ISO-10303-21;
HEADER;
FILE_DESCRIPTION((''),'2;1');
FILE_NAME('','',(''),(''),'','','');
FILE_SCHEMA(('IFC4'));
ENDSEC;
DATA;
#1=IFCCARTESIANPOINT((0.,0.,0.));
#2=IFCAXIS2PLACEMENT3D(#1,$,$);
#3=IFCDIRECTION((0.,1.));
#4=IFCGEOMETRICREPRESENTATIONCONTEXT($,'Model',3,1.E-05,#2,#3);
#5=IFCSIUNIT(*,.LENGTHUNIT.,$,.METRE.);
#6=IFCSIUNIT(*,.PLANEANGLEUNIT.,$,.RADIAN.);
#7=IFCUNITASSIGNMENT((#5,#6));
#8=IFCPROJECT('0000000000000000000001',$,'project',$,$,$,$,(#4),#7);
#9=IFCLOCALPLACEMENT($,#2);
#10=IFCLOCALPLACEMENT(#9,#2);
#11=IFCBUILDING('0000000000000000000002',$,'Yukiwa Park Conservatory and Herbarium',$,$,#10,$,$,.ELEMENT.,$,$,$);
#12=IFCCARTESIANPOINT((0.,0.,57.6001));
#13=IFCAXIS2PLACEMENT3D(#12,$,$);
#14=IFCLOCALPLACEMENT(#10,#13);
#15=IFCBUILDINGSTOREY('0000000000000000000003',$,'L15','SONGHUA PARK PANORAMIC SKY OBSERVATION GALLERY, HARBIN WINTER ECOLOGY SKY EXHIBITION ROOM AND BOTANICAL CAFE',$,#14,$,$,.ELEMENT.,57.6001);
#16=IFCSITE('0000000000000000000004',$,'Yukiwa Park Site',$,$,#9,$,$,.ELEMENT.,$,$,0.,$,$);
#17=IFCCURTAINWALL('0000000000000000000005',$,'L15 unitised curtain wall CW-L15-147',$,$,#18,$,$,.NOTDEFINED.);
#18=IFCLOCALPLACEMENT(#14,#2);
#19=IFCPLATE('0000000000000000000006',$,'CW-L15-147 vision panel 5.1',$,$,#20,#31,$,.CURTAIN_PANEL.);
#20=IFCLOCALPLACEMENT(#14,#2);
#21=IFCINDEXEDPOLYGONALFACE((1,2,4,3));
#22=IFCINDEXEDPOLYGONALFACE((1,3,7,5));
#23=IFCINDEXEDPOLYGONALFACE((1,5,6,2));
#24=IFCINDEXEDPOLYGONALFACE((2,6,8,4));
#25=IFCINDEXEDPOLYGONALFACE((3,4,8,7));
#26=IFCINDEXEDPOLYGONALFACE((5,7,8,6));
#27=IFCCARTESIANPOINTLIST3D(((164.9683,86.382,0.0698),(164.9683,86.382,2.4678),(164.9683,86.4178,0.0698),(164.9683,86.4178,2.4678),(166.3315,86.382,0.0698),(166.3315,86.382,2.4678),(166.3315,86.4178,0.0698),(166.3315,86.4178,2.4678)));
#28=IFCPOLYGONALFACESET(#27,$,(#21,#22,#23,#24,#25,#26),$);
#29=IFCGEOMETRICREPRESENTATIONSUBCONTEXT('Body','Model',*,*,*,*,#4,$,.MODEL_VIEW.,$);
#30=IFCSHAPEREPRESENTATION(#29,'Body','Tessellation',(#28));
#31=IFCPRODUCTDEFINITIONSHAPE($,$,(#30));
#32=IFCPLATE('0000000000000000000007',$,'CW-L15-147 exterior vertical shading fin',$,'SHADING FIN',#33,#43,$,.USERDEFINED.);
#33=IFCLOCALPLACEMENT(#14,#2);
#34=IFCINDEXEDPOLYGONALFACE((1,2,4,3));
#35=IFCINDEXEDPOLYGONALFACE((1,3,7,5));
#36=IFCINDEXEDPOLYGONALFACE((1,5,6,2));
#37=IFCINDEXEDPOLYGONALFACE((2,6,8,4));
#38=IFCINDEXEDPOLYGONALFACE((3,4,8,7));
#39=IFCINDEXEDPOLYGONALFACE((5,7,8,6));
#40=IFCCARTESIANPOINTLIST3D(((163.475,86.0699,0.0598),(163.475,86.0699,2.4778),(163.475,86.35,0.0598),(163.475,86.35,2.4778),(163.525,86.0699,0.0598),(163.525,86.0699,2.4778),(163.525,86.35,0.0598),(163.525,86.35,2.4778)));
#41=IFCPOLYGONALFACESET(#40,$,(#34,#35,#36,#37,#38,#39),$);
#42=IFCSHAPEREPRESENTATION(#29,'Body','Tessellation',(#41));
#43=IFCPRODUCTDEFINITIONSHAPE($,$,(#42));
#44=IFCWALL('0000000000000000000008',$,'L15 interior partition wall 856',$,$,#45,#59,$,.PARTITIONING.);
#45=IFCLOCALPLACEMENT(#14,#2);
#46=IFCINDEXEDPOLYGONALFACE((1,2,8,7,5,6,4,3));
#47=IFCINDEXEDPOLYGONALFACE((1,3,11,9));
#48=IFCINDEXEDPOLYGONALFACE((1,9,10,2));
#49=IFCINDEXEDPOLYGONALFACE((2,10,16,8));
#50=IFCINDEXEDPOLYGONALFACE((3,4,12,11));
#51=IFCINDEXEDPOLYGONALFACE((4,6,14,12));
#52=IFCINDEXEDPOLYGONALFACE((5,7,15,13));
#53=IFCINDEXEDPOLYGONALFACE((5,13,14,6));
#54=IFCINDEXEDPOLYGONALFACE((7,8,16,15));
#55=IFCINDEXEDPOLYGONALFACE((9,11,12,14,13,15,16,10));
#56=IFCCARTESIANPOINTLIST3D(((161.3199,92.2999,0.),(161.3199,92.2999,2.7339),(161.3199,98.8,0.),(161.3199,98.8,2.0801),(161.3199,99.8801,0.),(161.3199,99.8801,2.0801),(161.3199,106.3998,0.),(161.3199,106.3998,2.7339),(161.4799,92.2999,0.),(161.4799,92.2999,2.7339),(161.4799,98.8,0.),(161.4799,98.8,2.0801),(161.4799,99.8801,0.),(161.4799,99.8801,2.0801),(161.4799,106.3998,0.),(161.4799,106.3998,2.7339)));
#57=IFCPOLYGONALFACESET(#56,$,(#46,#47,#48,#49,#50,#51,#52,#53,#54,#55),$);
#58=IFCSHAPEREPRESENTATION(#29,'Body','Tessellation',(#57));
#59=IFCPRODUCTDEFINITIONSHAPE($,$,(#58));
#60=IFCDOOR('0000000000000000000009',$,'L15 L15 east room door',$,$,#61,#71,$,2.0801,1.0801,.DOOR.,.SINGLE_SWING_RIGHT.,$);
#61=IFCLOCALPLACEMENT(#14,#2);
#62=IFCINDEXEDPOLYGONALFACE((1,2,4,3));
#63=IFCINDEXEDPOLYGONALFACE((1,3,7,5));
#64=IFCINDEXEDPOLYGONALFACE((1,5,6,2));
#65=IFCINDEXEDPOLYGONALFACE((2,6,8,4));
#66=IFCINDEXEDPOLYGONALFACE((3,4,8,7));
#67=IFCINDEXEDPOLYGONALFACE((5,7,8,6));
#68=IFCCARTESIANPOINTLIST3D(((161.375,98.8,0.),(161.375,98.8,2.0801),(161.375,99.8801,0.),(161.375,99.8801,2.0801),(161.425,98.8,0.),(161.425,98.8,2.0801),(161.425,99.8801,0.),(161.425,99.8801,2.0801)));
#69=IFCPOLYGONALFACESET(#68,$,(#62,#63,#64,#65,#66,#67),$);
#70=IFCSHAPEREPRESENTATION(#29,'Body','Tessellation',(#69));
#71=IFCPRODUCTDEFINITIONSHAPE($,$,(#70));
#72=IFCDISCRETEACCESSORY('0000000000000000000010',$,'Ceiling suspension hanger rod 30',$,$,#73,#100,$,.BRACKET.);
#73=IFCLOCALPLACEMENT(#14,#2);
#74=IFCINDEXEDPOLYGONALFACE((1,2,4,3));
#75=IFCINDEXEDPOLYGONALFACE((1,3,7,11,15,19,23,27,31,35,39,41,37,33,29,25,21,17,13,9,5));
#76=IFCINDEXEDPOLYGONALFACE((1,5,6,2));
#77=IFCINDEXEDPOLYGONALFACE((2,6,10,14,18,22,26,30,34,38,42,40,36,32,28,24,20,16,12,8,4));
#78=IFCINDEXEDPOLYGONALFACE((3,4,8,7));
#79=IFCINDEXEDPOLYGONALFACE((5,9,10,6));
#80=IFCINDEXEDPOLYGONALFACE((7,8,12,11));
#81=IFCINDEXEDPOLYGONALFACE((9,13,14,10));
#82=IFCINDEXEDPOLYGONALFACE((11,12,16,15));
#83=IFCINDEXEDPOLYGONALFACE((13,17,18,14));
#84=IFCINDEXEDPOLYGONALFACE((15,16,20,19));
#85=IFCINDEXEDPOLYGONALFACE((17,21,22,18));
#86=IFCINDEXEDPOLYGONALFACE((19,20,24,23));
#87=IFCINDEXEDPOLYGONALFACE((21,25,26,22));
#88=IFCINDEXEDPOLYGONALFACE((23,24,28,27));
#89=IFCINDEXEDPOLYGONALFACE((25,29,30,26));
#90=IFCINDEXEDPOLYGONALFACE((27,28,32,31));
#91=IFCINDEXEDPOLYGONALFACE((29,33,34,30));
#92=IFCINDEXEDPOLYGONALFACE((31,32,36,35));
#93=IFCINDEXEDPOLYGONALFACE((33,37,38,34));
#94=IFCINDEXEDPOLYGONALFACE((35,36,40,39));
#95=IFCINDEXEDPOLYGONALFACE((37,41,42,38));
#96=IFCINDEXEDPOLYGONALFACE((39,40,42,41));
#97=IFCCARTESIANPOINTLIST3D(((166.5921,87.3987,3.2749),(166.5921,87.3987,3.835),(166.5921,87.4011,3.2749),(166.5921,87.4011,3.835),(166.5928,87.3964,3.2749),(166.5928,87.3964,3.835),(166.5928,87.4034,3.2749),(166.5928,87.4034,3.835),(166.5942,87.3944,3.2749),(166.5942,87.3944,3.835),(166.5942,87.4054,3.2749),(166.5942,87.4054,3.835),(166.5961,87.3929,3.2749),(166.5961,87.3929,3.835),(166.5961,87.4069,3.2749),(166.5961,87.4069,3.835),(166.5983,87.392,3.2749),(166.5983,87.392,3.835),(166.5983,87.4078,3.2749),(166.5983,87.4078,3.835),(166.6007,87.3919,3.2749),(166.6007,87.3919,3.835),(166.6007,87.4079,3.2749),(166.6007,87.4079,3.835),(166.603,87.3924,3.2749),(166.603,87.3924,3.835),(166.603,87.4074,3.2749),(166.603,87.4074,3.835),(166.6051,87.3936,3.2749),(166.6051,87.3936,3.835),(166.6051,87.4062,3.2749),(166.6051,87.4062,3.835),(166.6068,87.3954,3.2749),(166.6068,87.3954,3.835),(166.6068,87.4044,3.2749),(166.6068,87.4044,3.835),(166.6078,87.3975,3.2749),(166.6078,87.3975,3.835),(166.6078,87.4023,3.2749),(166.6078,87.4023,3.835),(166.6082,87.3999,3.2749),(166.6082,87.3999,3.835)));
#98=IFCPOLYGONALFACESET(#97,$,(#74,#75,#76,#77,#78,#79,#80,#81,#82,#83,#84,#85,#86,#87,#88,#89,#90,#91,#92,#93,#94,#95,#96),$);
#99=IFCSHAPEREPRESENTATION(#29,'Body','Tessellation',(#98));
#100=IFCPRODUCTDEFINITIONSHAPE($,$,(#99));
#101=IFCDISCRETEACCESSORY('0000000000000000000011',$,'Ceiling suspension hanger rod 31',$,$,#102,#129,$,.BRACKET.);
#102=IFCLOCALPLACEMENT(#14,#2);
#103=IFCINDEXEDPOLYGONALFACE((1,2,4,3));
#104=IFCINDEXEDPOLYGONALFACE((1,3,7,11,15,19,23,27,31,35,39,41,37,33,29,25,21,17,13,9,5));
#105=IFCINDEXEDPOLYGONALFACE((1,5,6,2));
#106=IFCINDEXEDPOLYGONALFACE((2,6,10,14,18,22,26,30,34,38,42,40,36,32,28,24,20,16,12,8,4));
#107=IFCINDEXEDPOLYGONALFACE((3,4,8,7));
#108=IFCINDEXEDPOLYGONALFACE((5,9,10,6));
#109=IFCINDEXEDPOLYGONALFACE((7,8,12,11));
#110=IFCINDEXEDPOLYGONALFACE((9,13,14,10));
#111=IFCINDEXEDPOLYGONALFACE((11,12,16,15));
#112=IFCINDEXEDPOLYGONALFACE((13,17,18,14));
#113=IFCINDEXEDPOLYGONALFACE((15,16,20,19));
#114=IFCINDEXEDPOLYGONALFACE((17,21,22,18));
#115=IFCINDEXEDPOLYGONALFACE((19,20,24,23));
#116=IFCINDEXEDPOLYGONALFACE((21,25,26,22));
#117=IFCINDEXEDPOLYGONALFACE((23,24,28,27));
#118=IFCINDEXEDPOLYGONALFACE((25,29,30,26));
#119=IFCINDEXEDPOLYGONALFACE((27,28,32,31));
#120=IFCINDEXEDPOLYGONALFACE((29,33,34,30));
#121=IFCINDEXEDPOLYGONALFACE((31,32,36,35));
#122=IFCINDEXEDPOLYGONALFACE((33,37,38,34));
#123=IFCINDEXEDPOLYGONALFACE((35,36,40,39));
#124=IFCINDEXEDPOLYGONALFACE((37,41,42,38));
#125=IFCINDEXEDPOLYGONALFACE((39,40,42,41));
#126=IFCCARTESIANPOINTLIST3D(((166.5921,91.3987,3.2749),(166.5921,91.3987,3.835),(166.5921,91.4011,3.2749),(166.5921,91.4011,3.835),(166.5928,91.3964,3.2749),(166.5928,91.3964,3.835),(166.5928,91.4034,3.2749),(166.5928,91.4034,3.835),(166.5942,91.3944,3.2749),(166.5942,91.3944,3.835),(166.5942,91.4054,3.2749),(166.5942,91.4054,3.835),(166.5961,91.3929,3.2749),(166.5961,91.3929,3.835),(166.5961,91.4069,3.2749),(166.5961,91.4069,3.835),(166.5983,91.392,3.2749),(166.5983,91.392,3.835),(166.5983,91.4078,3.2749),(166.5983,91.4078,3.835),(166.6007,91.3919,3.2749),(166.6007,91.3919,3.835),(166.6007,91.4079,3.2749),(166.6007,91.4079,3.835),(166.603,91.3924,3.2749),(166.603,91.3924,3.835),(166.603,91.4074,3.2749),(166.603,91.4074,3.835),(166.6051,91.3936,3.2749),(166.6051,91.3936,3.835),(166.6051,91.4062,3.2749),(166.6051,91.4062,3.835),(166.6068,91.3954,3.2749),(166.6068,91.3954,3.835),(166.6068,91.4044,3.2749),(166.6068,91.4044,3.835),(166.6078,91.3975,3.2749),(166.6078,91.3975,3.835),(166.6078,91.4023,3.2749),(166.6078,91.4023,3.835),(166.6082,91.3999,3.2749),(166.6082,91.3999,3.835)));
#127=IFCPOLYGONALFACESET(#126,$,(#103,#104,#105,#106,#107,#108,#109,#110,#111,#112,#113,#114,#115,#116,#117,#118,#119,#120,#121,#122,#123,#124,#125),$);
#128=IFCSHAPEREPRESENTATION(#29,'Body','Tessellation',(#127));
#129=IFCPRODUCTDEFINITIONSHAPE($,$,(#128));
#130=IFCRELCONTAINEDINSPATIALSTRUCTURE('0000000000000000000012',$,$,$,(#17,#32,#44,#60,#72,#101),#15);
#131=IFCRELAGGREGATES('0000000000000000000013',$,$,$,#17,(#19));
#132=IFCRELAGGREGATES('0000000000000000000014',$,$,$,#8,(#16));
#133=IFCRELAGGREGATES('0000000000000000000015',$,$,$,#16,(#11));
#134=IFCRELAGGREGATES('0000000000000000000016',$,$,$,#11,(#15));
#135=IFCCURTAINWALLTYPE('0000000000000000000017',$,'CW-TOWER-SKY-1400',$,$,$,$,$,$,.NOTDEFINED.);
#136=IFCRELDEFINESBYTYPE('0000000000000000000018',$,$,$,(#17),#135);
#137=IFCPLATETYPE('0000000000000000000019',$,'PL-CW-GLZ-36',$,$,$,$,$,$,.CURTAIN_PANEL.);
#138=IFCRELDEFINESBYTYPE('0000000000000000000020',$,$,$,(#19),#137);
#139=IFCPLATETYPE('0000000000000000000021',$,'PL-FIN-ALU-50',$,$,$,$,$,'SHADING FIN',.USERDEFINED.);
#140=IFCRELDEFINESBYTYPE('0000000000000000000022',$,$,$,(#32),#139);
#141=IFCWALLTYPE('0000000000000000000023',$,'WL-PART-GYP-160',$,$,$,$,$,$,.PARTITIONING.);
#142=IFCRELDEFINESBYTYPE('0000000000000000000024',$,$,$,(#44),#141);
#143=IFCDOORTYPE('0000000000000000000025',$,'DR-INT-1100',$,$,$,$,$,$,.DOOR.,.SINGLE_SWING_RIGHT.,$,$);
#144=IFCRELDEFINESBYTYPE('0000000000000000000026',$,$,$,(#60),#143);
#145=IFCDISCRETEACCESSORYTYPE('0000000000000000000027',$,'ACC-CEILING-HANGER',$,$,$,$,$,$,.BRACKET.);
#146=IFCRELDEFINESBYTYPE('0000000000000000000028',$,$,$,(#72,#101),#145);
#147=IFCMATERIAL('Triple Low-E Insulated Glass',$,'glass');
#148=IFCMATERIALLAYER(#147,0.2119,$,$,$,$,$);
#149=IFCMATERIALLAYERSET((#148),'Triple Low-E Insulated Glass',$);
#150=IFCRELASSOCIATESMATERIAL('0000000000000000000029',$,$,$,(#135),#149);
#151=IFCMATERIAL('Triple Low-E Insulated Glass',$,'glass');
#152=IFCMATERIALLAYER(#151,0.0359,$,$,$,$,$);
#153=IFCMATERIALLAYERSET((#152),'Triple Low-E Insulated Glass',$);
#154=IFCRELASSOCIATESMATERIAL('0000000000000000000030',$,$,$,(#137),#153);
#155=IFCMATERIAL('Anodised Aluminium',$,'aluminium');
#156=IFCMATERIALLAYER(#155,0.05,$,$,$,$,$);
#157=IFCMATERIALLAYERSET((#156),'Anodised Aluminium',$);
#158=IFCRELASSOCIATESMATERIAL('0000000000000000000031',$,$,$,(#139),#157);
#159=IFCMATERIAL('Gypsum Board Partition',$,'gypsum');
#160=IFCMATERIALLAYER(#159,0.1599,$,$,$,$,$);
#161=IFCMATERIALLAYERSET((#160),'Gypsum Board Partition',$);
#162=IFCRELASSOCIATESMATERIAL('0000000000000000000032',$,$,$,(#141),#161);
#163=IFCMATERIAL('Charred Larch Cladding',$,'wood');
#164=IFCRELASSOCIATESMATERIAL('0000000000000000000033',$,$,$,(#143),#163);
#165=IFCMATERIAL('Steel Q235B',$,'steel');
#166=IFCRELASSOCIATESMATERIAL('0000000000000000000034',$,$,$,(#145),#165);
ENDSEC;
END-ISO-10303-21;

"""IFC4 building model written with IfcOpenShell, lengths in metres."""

from ifc_helpers import new_model, si_unit, direction, frame, frame_2d, origin, origin_2d, place, context, subcontext, project, spatial, rectangle, circle, extrude, material, layer, layer_set, type_object, element, fill, aggregate, save


model = new_model("IFC4")

# Units and contexts
model_context = context("Model", 3, precision=1e-05, world=origin(), true_north=direction((0.0, 1.0)))
body_context = subcontext(model_context, "Body", "Model", "MODEL_VIEW")
ifc_project = project(units=[si_unit("LENGTHUNIT", "METRE"), si_unit("PLANEANGLEUNIT", "RADIAN")], contexts=[model_context])

# Site, building, storey
site_placement = place(None, origin())
site = spatial("IfcSite", under=ifc_project, at=site_placement, Name="Yukiwa Park Site", CompositionType="ELEMENT", RefElevation=0.0)
building_placement = place(site_placement, origin())
building = spatial("IfcBuilding", under=site, at=building_placement, Name="Yukiwa Park Conservatory and Herbarium", CompositionType="ELEMENT")
storey_placement = place(building_placement, frame((0.0, 0.0, 57.6001)))
storey = spatial("IfcBuildingStorey", under=building, at=storey_placement, Name="L15", Description="SONGHUA PARK PANORAMIC SKY OBSERVATION GALLERY, HARBIN WINTER ECOLOGY SKY EXHIBITION ROOM AND BOTANICAL CAFE", CompositionType="ELEMENT", Elevation=57.6001)

# Curtain wall, plate
ifc_material_1 = material(Name="Triple Low-E Insulated Glass", Category="glass")
ifc_layer_1 = layer(ifc_material_1, 0.2119)
ifc_layer_set_1 = layer_set([ifc_layer_1], Name="Triple Low-E Insulated Glass")
curtain_wall_type = type_object("IfcCurtainWallType", Name="CW-TOWER-SKY-1400", PredefinedType="NOTDEFINED", material=ifc_layer_set_1)
curtain_wall_placement = place(storey_placement, origin())
curtain_wall = element("IfcCurtainWall", 1, at=curtain_wall_placement, inside=storey, type_object=curtain_wall_type, Name="L15 unitised curtain wall CW-L15-147", PredefinedType="NOTDEFINED")
ifc_material_2 = material(Name="Triple Low-E Insulated Glass", Category="glass")
ifc_layer_2 = layer(ifc_material_2, 0.0359)
ifc_layer_set_2 = layer_set([ifc_layer_2], Name="Triple Low-E Insulated Glass")
plate_type_1 = type_object("IfcPlateType", Name="PL-CW-GLZ-36", PredefinedType="CURTAIN_PANEL", material=ifc_layer_set_2)
plate_1_placement = place(storey_placement, frame((165.6499, 86.3999, 0.0698), z_axis=(0.0, 0.0, 1.0), x_axis=(1.0, 0.0, 0.0)))
plate_1 = element("IfcPlate", 2, at=plate_1_placement, type_object=plate_type_1, Name="CW-L15-147 vision panel 5.1", PredefinedType="CURTAIN_PANEL", context=body_context, shape_type="SweptSolid", body=[
    extrude(rectangle(XDim=1.3633, YDim=0.0359, at=origin_2d()), origin(), (0.0, 0.0, 1.0), 2.3979),
])
aggregate(curtain_wall, [plate_1])

# Plate
ifc_material_3 = material(Name="Anodised Aluminium", Category="aluminium")
ifc_layer_3 = layer(ifc_material_3, 0.05)
ifc_layer_set_3 = layer_set([ifc_layer_3], Name="Anodised Aluminium")
plate_type_2 = type_object("IfcPlateType", Name="PL-FIN-ALU-50", ElementType="SHADING FIN", PredefinedType="USERDEFINED", material=ifc_layer_set_3)
plate_2_placement = place(storey_placement, frame((163.5, 86.21, 0.0598), z_axis=(0.0, 0.0, 1.0), x_axis=(1.0, 0.0, 0.0)))
element("IfcPlate", 3, at=plate_2_placement, inside=storey, type_object=plate_type_2, Name="CW-L15-147 exterior vertical shading fin", ObjectType="SHADING FIN", PredefinedType="USERDEFINED", context=body_context, shape_type="SweptSolid", body=[
    extrude(rectangle(XDim=0.05, YDim=0.28, at=origin_2d()), origin(), (0.0, 0.0, 1.0), 2.418),
])

# Wall, opening, door
ifc_material_4 = material(Name="Gypsum Board Partition", Category="gypsum")
ifc_layer_4 = layer(ifc_material_4, 0.1599)
ifc_layer_set_4 = layer_set([ifc_layer_4], Name="Gypsum Board Partition")
wall_type = type_object("IfcWallType", Name="WL-PART-GYP-160", PredefinedType="PARTITIONING", material=ifc_layer_set_4)
wall_placement = place(storey_placement, frame((161.3999, 92.3, 0.0), z_axis=(0.0, 0.0, 1.0), x_axis=(0.0, 1.0, 0.0)))
wall = element("IfcWall", 4, at=wall_placement, inside=storey, type_object=wall_type, Name="L15 interior partition wall 856", PredefinedType="PARTITIONING", context=body_context, shape_type="SweptSolid", body=[
    extrude(rectangle(XDim=14.0999, YDim=0.1599, at=frame_2d((7.0498, 0.0))), origin(), (0.0, 0.0, 1.0), 2.7339),
])
opening_placement = place(wall_placement, frame((6.5, 0.0, 0.0)))
opening = element("IfcOpeningElement", 5, at=opening_placement, cuts=wall, PredefinedType="OPENING", context=body_context, shape_type="SweptSolid", body=[
    extrude(rectangle(XDim=1.0801, YDim=2.0801, at=frame_2d((0.54, 1.04))), frame((0.0, 0.0898, 0.0), z_axis=(0.0, -1.0, 0.0), x_axis=(1.0, 0.0, 0.0)), (0.0, 0.0, 1.0), 0.1799),
])
ifc_material_5 = material(Name="Charred Larch Cladding", Category="wood")
door_type = type_object("IfcDoorType", Name="DR-INT-1100", OperationType="SINGLE_SWING_RIGHT", PredefinedType="DOOR", material=ifc_material_5)
door_placement = place(opening_placement, origin())
door = element("IfcDoor", 6, at=door_placement, inside=storey, type_object=door_type, Name="L15 L15 east room door", OperationType="SINGLE_SWING_RIGHT", OverallHeight=2.0801, OverallWidth=1.0801, PredefinedType="DOOR", context=body_context, shape_type="SweptSolid", body=[
    extrude(rectangle(XDim=1.0801, YDim=2.0801, at=frame_2d((0.54, 1.04))), frame((0.0, 0.0249, 0.0), z_axis=(0.0, -1.0, 0.0), x_axis=(1.0, 0.0, 0.0)), (0.0, 0.0, 1.0), 0.05),
])
fill(opening, door)

# Discrete accessories
ifc_material_6 = material(Name="Steel Q235B", Category="steel")
discrete_accessory_type = type_object("IfcDiscreteAccessoryType", Name="ACC-CEILING-HANGER", PredefinedType="BRACKET", material=ifc_material_6)
for number, where, z_axis, x_axis, name in (
    (7, (166.6001, 87.3999, 3.2749), (0.0, 0.0, 1.0), (1.0, 0.0, 0.0), "Ceiling suspension hanger rod 30"),
    (8, (166.6001, 91.3999, 3.2749), (0.0, 0.0, 1.0), (1.0, 0.0, 0.0), "Ceiling suspension hanger rod 31"),
):
    element("IfcDiscreteAccessory", number, at=place(storey_placement, frame(where, z_axis=z_axis, x_axis=x_axis)), inside=storey, type_object=discrete_accessory_type, Name=name, PredefinedType="BRACKET", context=body_context, shape_type="SweptSolid", body=[
        extrude(circle(Radius=0.0081, at=origin_2d()), origin(), (0.0, 0.0, 1.0), 0.5601),
    ])

save(model, "model.ifc")
